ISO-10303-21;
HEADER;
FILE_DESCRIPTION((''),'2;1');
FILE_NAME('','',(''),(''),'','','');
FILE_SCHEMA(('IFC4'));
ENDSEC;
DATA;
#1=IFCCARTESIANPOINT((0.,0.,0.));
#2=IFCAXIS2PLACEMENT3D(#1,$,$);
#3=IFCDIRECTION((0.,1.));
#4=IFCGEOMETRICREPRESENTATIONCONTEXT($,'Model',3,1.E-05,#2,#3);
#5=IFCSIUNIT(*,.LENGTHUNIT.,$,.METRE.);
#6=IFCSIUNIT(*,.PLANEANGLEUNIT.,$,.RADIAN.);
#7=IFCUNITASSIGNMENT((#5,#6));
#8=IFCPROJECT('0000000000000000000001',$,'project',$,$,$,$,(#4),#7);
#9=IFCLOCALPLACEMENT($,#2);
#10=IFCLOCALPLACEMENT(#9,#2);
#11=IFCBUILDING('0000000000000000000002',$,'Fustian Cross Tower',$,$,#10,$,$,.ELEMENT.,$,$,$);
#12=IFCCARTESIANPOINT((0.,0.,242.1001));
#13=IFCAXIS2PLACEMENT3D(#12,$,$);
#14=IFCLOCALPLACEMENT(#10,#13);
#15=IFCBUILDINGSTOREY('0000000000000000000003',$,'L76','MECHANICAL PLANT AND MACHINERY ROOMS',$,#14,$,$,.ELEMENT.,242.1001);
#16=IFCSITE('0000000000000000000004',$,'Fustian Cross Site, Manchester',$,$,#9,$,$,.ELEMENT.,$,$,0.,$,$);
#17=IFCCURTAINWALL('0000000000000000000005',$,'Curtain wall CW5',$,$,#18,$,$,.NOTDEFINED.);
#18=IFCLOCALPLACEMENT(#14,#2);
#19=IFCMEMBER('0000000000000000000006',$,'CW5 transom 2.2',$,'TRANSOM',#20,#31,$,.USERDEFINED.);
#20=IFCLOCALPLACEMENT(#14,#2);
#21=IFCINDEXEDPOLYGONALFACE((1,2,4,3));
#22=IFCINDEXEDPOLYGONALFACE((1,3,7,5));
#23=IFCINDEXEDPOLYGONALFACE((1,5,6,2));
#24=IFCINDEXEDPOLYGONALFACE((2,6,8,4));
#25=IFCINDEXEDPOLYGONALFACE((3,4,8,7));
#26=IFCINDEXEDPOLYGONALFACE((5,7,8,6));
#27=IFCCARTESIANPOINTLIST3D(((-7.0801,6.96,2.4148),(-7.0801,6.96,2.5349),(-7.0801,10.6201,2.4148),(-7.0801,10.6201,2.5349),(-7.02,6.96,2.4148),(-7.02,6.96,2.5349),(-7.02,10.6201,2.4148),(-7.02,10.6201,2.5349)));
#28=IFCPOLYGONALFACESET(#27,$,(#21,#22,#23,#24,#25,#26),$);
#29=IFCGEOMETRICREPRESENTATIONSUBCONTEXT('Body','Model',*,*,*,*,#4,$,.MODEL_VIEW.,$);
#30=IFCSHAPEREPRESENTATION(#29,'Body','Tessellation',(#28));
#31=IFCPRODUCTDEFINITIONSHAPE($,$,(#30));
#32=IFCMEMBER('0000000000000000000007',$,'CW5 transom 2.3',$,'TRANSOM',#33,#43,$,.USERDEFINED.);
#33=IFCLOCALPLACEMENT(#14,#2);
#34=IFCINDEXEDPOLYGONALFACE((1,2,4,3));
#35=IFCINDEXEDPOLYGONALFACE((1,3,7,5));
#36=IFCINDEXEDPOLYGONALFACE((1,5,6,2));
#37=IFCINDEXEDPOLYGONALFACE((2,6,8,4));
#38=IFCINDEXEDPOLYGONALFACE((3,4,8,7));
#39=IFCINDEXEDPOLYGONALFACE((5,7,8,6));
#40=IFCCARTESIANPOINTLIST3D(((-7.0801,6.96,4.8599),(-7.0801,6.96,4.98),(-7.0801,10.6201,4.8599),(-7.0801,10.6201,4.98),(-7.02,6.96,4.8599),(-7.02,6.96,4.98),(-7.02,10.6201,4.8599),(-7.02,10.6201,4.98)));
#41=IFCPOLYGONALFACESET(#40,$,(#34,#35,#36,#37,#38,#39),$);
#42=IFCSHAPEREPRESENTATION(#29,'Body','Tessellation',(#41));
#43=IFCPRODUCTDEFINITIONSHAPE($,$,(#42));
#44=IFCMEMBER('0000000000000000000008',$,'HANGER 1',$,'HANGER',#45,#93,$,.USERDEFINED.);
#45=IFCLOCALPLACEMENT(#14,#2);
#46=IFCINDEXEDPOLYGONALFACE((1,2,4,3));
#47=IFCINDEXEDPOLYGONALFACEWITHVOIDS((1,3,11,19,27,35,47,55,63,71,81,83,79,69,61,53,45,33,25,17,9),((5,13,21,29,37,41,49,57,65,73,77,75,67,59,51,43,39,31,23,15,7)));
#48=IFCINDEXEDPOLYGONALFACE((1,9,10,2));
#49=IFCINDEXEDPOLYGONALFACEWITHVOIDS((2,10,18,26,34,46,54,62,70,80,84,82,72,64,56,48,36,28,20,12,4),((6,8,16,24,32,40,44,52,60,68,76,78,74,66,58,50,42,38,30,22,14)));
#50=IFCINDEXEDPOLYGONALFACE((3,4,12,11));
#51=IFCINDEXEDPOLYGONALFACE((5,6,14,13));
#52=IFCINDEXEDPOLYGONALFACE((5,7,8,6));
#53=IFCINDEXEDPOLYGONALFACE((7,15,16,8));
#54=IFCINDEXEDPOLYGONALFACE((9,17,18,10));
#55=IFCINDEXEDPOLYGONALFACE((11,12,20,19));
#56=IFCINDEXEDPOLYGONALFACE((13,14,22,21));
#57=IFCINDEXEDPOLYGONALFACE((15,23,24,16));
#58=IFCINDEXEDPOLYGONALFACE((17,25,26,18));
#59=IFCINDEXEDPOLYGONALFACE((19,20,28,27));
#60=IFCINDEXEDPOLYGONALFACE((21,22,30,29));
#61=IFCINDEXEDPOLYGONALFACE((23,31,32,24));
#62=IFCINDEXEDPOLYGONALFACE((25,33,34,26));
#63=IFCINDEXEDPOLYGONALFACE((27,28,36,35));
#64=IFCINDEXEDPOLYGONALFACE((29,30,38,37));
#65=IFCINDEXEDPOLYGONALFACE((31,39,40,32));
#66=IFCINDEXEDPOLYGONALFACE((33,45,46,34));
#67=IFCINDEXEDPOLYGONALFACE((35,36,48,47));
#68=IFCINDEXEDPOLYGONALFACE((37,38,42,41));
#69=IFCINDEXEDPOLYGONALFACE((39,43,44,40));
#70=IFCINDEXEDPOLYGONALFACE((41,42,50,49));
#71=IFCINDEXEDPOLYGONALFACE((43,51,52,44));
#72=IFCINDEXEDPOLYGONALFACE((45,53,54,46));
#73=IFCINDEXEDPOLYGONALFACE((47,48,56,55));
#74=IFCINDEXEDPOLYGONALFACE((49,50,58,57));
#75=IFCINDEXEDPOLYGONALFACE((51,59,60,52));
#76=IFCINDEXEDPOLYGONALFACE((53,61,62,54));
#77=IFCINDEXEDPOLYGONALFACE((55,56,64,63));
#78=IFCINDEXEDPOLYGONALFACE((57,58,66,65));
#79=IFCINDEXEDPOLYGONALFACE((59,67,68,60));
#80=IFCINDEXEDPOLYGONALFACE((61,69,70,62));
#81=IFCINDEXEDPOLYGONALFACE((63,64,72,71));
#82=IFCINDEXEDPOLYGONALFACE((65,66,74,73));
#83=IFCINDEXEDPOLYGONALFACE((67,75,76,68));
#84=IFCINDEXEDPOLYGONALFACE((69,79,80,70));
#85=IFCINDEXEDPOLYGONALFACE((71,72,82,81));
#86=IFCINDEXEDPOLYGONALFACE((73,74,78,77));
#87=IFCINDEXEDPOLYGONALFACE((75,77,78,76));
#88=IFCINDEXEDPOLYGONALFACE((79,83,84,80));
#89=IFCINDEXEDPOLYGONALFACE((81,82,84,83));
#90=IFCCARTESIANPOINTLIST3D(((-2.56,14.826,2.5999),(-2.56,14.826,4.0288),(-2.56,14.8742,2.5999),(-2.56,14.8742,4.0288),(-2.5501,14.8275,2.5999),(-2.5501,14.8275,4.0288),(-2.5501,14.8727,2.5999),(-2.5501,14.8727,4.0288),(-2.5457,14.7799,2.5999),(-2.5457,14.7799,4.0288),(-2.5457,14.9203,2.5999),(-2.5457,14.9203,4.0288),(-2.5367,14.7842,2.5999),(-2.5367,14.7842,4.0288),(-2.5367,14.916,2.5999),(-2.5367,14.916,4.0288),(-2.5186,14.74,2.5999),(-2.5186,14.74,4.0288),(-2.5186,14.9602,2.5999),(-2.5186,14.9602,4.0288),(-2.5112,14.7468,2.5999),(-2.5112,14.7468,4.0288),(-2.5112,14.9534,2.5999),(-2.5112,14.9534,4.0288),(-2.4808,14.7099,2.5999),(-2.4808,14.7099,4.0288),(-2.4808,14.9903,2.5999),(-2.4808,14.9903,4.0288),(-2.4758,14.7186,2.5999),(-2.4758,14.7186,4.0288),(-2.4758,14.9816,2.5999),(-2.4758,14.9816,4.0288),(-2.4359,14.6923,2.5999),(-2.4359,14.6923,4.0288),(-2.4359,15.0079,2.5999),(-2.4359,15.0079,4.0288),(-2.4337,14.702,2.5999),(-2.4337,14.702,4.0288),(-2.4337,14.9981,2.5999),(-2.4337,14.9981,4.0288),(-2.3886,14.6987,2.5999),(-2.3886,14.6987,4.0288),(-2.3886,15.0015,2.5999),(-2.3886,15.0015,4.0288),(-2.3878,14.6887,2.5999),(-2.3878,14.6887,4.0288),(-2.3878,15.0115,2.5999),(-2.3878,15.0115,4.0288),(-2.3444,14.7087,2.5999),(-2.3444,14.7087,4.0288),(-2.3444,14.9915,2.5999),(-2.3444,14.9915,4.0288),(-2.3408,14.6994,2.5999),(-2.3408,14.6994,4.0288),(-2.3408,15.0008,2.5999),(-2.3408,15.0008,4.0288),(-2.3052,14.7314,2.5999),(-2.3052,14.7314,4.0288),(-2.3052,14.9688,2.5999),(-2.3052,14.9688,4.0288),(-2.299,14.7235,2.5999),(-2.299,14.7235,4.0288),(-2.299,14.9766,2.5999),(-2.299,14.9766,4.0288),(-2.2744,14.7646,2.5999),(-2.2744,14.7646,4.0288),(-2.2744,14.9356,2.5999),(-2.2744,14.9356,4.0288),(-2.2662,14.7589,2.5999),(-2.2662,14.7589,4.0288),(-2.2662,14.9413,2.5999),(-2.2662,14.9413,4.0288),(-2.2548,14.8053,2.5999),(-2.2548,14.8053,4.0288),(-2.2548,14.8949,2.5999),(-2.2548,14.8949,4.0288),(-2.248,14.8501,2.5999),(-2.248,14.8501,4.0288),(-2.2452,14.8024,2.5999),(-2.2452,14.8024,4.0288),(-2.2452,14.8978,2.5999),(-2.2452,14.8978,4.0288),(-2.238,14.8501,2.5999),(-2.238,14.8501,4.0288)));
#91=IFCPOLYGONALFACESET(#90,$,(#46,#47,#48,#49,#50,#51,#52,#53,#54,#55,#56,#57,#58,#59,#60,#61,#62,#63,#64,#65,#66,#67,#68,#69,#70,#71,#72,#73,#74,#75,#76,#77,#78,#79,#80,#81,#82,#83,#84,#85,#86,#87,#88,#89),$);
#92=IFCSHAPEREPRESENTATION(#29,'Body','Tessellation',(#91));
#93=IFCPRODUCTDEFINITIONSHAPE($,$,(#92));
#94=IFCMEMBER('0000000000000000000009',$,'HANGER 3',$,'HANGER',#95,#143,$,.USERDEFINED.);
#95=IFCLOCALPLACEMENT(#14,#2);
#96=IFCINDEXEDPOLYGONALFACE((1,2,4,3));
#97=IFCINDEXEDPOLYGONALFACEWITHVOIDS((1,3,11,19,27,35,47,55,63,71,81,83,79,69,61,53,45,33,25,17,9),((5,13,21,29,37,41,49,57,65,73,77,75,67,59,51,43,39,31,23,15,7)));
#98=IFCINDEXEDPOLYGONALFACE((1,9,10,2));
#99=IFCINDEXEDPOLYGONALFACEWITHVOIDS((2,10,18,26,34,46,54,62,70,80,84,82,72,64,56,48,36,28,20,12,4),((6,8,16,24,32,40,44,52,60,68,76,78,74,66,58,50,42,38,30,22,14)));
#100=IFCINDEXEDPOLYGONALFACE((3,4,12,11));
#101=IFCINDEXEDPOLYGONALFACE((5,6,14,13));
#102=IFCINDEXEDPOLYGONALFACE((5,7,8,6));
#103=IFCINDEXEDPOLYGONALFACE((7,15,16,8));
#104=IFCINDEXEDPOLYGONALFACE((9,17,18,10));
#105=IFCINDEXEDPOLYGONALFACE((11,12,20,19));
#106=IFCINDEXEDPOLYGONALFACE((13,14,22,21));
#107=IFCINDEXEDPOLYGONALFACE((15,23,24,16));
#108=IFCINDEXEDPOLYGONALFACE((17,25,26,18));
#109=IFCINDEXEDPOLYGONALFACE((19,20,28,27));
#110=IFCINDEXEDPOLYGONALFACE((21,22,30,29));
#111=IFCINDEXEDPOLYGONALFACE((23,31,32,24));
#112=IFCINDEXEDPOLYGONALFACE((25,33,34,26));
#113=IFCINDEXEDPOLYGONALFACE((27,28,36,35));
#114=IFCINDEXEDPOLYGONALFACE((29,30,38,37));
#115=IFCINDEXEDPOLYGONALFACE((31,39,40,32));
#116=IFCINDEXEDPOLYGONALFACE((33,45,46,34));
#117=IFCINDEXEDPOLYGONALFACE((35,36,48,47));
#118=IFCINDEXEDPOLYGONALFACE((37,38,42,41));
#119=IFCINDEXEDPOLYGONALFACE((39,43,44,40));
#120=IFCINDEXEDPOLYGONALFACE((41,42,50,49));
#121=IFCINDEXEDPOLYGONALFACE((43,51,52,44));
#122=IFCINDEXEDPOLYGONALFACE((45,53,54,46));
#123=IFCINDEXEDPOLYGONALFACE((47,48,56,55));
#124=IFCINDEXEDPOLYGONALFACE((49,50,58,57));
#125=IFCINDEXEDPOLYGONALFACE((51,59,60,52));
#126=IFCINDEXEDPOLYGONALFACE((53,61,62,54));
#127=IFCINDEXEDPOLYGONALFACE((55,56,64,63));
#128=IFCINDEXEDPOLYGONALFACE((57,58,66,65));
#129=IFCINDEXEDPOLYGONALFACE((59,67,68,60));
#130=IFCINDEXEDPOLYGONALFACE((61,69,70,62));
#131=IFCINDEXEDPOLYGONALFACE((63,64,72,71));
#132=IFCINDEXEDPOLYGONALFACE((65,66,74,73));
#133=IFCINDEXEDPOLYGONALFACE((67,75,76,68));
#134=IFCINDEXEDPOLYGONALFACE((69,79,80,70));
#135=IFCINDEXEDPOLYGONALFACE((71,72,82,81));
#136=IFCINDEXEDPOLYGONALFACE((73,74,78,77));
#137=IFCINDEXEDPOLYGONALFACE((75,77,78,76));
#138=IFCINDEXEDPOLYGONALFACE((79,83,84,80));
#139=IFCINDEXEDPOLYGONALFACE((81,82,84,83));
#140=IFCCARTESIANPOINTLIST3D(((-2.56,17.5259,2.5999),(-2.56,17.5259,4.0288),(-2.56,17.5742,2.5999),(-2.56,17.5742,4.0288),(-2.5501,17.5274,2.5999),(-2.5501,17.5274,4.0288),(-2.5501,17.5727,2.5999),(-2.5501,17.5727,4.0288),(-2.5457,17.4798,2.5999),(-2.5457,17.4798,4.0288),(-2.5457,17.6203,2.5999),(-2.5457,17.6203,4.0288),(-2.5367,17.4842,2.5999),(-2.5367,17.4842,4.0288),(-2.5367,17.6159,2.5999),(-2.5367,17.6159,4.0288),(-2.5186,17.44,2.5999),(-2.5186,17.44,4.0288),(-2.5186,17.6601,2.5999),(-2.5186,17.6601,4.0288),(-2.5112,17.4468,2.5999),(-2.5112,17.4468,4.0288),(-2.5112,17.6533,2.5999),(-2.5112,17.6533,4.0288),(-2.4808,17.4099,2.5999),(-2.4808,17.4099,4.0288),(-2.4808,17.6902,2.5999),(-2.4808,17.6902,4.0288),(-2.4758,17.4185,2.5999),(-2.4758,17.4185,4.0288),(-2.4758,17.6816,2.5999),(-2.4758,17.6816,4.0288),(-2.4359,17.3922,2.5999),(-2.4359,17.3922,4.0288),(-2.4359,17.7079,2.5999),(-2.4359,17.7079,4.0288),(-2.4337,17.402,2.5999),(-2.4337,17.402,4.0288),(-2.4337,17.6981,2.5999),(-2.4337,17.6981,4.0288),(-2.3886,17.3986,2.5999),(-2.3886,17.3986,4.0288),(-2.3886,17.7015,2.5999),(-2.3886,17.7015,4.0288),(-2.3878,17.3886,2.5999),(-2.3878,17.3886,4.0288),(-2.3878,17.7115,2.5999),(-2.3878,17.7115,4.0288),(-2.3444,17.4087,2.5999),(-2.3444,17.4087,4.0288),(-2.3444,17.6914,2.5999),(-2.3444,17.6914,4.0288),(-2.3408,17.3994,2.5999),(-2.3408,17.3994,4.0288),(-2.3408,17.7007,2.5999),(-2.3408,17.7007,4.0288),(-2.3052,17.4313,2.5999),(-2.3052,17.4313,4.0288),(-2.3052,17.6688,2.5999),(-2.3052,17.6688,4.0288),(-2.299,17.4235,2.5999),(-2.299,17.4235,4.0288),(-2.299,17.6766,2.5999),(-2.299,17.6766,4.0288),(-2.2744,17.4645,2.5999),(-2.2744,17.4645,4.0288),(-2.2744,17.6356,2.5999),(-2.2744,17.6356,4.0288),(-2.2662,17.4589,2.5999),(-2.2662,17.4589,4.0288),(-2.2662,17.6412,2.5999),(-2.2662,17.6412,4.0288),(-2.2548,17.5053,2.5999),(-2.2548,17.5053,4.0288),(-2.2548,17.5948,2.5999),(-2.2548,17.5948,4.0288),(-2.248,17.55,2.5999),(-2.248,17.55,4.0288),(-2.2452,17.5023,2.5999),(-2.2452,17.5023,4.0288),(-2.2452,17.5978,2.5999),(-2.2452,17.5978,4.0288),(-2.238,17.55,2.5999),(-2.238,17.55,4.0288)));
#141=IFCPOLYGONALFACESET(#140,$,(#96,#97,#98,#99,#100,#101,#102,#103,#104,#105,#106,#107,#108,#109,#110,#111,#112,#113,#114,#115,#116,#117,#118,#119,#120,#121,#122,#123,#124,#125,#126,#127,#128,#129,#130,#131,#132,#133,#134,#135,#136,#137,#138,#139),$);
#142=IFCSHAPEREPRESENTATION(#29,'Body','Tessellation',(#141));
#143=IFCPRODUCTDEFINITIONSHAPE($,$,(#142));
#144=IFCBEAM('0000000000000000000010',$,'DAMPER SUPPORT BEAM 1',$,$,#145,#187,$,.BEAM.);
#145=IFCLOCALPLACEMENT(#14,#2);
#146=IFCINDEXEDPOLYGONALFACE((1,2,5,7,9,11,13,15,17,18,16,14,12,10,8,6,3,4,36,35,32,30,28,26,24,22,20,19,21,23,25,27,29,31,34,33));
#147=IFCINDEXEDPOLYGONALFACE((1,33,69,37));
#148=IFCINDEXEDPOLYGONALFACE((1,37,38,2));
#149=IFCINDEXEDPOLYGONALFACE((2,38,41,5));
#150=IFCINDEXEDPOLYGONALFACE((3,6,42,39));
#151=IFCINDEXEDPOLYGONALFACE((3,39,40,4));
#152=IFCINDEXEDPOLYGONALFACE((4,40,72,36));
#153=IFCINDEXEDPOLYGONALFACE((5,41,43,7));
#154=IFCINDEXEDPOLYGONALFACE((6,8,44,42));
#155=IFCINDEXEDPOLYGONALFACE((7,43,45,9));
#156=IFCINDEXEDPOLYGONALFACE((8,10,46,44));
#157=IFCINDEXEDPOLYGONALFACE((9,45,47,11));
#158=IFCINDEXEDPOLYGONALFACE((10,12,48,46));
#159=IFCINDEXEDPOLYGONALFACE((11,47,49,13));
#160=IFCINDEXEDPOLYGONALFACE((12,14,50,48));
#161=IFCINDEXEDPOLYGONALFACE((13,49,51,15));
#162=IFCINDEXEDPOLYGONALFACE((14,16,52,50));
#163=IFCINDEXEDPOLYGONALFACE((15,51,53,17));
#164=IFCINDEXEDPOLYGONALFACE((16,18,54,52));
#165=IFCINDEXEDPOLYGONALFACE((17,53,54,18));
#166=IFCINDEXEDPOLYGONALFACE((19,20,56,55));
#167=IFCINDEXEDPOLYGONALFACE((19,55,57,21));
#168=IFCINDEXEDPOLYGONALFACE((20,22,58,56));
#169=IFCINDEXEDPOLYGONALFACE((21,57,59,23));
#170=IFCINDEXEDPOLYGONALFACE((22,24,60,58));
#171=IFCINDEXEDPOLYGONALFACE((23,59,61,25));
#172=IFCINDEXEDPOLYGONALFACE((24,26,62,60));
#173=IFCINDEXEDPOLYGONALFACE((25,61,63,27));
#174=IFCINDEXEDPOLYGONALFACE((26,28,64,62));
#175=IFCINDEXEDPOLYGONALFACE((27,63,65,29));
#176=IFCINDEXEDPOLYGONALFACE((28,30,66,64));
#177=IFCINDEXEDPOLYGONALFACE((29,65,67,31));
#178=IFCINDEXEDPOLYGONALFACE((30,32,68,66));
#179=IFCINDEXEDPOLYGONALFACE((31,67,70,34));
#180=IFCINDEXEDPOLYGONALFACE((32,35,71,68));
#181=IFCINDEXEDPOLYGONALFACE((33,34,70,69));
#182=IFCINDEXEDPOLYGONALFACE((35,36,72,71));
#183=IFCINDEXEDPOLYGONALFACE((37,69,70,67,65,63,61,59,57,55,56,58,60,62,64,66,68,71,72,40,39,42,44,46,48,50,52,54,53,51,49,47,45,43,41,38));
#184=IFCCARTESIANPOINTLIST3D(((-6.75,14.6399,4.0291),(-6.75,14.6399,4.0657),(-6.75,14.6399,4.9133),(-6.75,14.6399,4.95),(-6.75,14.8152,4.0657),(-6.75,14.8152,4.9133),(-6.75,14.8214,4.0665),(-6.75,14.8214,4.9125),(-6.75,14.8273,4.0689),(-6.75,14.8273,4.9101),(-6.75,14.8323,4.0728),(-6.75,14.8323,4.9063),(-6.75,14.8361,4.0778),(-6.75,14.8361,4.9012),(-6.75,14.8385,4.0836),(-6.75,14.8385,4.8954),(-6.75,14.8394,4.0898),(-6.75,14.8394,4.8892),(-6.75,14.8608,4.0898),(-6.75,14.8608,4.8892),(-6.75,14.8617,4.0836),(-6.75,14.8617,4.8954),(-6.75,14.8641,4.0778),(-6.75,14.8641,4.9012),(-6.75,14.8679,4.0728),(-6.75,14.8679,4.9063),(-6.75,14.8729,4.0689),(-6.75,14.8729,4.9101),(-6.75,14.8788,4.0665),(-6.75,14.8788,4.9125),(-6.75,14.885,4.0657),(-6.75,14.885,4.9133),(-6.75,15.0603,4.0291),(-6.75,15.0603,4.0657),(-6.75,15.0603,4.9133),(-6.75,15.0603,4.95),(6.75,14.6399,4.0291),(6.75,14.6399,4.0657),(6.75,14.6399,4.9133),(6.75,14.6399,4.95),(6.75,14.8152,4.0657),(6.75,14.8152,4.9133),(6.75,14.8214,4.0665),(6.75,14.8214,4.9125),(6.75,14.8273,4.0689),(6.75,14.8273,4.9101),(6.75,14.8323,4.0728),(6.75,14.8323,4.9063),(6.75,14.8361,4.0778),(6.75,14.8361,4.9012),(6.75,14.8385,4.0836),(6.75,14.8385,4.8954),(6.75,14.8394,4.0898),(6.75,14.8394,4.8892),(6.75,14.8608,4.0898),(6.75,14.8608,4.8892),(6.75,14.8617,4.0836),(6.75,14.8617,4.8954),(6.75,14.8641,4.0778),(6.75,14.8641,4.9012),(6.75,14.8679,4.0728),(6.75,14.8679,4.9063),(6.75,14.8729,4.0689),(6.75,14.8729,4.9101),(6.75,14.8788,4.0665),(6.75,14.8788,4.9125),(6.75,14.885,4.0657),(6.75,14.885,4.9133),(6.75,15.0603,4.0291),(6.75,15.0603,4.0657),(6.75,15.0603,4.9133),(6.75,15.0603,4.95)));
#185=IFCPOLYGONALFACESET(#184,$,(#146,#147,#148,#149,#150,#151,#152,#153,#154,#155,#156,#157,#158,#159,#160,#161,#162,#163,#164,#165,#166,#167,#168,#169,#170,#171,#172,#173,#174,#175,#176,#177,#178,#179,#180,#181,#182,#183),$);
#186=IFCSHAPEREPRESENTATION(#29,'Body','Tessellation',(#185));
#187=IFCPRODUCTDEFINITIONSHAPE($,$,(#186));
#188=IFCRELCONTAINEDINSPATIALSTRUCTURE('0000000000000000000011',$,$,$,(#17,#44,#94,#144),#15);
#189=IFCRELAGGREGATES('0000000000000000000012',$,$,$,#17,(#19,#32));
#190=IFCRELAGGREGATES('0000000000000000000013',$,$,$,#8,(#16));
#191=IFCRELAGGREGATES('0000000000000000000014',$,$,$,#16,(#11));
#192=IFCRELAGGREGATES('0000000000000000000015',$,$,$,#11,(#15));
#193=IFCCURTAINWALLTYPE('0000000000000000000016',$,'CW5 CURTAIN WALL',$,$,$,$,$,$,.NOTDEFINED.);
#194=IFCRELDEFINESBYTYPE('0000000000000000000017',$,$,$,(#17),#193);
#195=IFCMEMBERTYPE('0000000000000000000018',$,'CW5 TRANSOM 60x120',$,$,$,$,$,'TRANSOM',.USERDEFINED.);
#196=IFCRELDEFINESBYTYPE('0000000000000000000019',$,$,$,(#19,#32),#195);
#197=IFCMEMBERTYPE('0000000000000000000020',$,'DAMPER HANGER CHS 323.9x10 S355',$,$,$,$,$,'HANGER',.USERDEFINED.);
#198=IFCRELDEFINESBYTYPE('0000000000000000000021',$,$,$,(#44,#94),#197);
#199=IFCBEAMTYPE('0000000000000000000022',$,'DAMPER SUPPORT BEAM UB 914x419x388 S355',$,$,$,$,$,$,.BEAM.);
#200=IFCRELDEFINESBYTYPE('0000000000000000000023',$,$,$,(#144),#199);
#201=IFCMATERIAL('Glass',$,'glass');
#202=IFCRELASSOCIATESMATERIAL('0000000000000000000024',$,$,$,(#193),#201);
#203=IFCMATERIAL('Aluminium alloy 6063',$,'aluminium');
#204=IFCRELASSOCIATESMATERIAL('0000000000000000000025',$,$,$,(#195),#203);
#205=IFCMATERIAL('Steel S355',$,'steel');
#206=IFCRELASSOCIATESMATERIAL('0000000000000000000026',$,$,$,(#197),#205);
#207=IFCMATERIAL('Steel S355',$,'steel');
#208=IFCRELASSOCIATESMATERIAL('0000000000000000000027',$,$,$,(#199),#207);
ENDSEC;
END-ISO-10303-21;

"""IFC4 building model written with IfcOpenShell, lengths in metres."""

from ifc_helpers import new_model, si_unit, direction, frame, origin, origin_2d, place, context, subcontext, project, spatial, rectangle, hollow_circle, i_section, extrude, material, material_profile, profile_set, type_object, element, aggregate, save


model = new_model("IFC4")

# Units and contexts
model_context = context("Model", 3, precision=1e-05, world=origin(), true_north=direction((0.0, 1.0)))
body_context = subcontext(model_context, "Body", "Model", "MODEL_VIEW")
ifc_project = project(units=[si_unit("LENGTHUNIT", "METRE"), si_unit("PLANEANGLEUNIT", "RADIAN")], contexts=[model_context])

# Site, building, storey
site_placement = place(None, origin())
site = spatial("IfcSite", under=ifc_project, at=site_placement, Name="Fustian Cross Site, Manchester", CompositionType="ELEMENT", RefElevation=0.0)
building_placement = place(site_placement, origin())
building = spatial("IfcBuilding", under=site, at=building_placement, Name="Fustian Cross Tower", CompositionType="ELEMENT")
storey_placement = place(building_placement, frame((0.0, 0.0, 242.1001)))
storey = spatial("IfcBuildingStorey", under=building, at=storey_placement, Name="L76", Description="MECHANICAL PLANT AND MACHINERY ROOMS", CompositionType="ELEMENT", Elevation=242.1001)

# Curtain wall
ifc_material_1 = material(Name="Glass", Category="glass")
curtain_wall_type = type_object("IfcCurtainWallType", Name="CW5 CURTAIN WALL", PredefinedType="NOTDEFINED", material=ifc_material_1)
curtain_wall_1_placement = place(storey_placement, origin())
curtain_wall_1 = element("IfcCurtainWall", 1, at=curtain_wall_1_placement, inside=storey, type_object=curtain_wall_type, Name="Curtain wall CW5", PredefinedType="NOTDEFINED")

# Members
ifc_material_2 = material(Name="Aluminium alloy 6063", Category="aluminium")
ifc_material_profile_1 = material_profile(ifc_material_2, rectangle(XDim=0.0601, YDim=0.1201, at=origin_2d()), Name="CW5 TRANSOM 60x120")
ifc_profile_set_1 = profile_set([ifc_material_profile_1], Name="Aluminium alloy 6063")
member_type_1 = type_object("IfcMemberType", Name="CW5 TRANSOM 60x120", ElementType="TRANSOM", PredefinedType="USERDEFINED", material=ifc_profile_set_1)
member_1_placement = place(storey_placement, frame((-7.05, 10.6201, 2.4749), z_axis=(0.0, -1.0, 0.0), x_axis=(1.0, 0.0, 0.0)))
member_1 = element("IfcMember", 2, at=member_1_placement, type_object=member_type_1, Name="CW5 transom 2.2", ObjectType="TRANSOM", PredefinedType="USERDEFINED", context=body_context, shape_type="SweptSolid", body=[
    extrude(rectangle(XDim=0.0601, YDim=0.1201, at=origin_2d()), origin(), (0.0, 0.0, 1.0), 3.6602),
])
member_2_placement = place(storey_placement, frame((-7.05, 10.6201, 4.9199), z_axis=(0.0, -1.0, 0.0), x_axis=(1.0, 0.0, 0.0)))
member_2 = element("IfcMember", 3, at=member_2_placement, type_object=member_type_1, Name="CW5 transom 2.3", ObjectType="TRANSOM", PredefinedType="USERDEFINED", context=body_context, shape_type="SweptSolid", body=[
    extrude(rectangle(XDim=0.0601, YDim=0.1201, at=origin_2d()), origin(), (0.0, 0.0, 1.0), 3.6602),
])

# Members
ifc_material_3 = material(Name="Steel S355", Category="steel")
ifc_material_profile_2 = material_profile(ifc_material_3, hollow_circle(Radius=0.1619, WallThickness=0.01, at=origin_2d()), Name="CHS 323.9x10")
ifc_profile_set_2 = profile_set([ifc_material_profile_2], Name="Steel S355")
member_type_2 = type_object("IfcMemberType", Name="DAMPER HANGER CHS 323.9x10 S355", ElementType="HANGER", PredefinedType="USERDEFINED", material=ifc_profile_set_2)
for number, where, z_axis, x_axis, name in (
    (4, (-2.3999, 14.8501, 2.5999), (0.0, 0.0, 1.0), (1.0, 0.0, 0.0), "HANGER 1"),
    (5, (-2.3999, 17.55, 2.5999), (0.0, 0.0, 1.0), (1.0, 0.0, 0.0), "HANGER 3"),
):
    element("IfcMember", number, at=place(storey_placement, frame(where, z_axis=z_axis, x_axis=x_axis)), inside=storey, type_object=member_type_2, Name=name, ObjectType="HANGER", PredefinedType="USERDEFINED", context=body_context, shape_type="SweptSolid", body=[
        extrude(hollow_circle(Radius=0.1619, WallThickness=0.01, at=origin_2d()), origin(), (0.0, 0.0, 1.0), 1.429),
    ])

# Beam
ifc_material_4 = material(Name="Steel S355", Category="steel")
ifc_material_profile_3 = material_profile(ifc_material_4, i_section(OverallWidth=0.4204, OverallDepth=0.9209, WebThickness=0.0215, FlangeThickness=0.0366, FilletRadius=0.0242, at=origin_2d()), Name="UB 914x419x388")
ifc_profile_set_3 = profile_set([ifc_material_profile_3], Name="Steel S355")
beam_type_1 = type_object("IfcBeamType", Name="DAMPER SUPPORT BEAM UB 914x419x388 S355", PredefinedType="BEAM", material=ifc_profile_set_3)
for number, where, z_axis, x_axis, name in (
    (6, (-6.75, 14.8501, 4.4895), (1.0, 0.0, 0.0), (0.0, 1.0, 0.0), "DAMPER SUPPORT BEAM 1"),
):
    element("IfcBeam", number, at=place(storey_placement, frame(where, z_axis=z_axis, x_axis=x_axis)), inside=storey, type_object=beam_type_1, Name=name, PredefinedType="BEAM", context=body_context, shape_type="SweptSolid", body=[
        extrude(i_section(OverallWidth=0.4204, OverallDepth=0.9209, WebThickness=0.0215, FlangeThickness=0.0366, FilletRadius=0.0242, at=origin_2d()), origin(), (0.0, 0.0, 1.0), 13.5),
    ])

aggregate(curtain_wall_1, [member_1, member_2])

save(model, "model.ifc")
